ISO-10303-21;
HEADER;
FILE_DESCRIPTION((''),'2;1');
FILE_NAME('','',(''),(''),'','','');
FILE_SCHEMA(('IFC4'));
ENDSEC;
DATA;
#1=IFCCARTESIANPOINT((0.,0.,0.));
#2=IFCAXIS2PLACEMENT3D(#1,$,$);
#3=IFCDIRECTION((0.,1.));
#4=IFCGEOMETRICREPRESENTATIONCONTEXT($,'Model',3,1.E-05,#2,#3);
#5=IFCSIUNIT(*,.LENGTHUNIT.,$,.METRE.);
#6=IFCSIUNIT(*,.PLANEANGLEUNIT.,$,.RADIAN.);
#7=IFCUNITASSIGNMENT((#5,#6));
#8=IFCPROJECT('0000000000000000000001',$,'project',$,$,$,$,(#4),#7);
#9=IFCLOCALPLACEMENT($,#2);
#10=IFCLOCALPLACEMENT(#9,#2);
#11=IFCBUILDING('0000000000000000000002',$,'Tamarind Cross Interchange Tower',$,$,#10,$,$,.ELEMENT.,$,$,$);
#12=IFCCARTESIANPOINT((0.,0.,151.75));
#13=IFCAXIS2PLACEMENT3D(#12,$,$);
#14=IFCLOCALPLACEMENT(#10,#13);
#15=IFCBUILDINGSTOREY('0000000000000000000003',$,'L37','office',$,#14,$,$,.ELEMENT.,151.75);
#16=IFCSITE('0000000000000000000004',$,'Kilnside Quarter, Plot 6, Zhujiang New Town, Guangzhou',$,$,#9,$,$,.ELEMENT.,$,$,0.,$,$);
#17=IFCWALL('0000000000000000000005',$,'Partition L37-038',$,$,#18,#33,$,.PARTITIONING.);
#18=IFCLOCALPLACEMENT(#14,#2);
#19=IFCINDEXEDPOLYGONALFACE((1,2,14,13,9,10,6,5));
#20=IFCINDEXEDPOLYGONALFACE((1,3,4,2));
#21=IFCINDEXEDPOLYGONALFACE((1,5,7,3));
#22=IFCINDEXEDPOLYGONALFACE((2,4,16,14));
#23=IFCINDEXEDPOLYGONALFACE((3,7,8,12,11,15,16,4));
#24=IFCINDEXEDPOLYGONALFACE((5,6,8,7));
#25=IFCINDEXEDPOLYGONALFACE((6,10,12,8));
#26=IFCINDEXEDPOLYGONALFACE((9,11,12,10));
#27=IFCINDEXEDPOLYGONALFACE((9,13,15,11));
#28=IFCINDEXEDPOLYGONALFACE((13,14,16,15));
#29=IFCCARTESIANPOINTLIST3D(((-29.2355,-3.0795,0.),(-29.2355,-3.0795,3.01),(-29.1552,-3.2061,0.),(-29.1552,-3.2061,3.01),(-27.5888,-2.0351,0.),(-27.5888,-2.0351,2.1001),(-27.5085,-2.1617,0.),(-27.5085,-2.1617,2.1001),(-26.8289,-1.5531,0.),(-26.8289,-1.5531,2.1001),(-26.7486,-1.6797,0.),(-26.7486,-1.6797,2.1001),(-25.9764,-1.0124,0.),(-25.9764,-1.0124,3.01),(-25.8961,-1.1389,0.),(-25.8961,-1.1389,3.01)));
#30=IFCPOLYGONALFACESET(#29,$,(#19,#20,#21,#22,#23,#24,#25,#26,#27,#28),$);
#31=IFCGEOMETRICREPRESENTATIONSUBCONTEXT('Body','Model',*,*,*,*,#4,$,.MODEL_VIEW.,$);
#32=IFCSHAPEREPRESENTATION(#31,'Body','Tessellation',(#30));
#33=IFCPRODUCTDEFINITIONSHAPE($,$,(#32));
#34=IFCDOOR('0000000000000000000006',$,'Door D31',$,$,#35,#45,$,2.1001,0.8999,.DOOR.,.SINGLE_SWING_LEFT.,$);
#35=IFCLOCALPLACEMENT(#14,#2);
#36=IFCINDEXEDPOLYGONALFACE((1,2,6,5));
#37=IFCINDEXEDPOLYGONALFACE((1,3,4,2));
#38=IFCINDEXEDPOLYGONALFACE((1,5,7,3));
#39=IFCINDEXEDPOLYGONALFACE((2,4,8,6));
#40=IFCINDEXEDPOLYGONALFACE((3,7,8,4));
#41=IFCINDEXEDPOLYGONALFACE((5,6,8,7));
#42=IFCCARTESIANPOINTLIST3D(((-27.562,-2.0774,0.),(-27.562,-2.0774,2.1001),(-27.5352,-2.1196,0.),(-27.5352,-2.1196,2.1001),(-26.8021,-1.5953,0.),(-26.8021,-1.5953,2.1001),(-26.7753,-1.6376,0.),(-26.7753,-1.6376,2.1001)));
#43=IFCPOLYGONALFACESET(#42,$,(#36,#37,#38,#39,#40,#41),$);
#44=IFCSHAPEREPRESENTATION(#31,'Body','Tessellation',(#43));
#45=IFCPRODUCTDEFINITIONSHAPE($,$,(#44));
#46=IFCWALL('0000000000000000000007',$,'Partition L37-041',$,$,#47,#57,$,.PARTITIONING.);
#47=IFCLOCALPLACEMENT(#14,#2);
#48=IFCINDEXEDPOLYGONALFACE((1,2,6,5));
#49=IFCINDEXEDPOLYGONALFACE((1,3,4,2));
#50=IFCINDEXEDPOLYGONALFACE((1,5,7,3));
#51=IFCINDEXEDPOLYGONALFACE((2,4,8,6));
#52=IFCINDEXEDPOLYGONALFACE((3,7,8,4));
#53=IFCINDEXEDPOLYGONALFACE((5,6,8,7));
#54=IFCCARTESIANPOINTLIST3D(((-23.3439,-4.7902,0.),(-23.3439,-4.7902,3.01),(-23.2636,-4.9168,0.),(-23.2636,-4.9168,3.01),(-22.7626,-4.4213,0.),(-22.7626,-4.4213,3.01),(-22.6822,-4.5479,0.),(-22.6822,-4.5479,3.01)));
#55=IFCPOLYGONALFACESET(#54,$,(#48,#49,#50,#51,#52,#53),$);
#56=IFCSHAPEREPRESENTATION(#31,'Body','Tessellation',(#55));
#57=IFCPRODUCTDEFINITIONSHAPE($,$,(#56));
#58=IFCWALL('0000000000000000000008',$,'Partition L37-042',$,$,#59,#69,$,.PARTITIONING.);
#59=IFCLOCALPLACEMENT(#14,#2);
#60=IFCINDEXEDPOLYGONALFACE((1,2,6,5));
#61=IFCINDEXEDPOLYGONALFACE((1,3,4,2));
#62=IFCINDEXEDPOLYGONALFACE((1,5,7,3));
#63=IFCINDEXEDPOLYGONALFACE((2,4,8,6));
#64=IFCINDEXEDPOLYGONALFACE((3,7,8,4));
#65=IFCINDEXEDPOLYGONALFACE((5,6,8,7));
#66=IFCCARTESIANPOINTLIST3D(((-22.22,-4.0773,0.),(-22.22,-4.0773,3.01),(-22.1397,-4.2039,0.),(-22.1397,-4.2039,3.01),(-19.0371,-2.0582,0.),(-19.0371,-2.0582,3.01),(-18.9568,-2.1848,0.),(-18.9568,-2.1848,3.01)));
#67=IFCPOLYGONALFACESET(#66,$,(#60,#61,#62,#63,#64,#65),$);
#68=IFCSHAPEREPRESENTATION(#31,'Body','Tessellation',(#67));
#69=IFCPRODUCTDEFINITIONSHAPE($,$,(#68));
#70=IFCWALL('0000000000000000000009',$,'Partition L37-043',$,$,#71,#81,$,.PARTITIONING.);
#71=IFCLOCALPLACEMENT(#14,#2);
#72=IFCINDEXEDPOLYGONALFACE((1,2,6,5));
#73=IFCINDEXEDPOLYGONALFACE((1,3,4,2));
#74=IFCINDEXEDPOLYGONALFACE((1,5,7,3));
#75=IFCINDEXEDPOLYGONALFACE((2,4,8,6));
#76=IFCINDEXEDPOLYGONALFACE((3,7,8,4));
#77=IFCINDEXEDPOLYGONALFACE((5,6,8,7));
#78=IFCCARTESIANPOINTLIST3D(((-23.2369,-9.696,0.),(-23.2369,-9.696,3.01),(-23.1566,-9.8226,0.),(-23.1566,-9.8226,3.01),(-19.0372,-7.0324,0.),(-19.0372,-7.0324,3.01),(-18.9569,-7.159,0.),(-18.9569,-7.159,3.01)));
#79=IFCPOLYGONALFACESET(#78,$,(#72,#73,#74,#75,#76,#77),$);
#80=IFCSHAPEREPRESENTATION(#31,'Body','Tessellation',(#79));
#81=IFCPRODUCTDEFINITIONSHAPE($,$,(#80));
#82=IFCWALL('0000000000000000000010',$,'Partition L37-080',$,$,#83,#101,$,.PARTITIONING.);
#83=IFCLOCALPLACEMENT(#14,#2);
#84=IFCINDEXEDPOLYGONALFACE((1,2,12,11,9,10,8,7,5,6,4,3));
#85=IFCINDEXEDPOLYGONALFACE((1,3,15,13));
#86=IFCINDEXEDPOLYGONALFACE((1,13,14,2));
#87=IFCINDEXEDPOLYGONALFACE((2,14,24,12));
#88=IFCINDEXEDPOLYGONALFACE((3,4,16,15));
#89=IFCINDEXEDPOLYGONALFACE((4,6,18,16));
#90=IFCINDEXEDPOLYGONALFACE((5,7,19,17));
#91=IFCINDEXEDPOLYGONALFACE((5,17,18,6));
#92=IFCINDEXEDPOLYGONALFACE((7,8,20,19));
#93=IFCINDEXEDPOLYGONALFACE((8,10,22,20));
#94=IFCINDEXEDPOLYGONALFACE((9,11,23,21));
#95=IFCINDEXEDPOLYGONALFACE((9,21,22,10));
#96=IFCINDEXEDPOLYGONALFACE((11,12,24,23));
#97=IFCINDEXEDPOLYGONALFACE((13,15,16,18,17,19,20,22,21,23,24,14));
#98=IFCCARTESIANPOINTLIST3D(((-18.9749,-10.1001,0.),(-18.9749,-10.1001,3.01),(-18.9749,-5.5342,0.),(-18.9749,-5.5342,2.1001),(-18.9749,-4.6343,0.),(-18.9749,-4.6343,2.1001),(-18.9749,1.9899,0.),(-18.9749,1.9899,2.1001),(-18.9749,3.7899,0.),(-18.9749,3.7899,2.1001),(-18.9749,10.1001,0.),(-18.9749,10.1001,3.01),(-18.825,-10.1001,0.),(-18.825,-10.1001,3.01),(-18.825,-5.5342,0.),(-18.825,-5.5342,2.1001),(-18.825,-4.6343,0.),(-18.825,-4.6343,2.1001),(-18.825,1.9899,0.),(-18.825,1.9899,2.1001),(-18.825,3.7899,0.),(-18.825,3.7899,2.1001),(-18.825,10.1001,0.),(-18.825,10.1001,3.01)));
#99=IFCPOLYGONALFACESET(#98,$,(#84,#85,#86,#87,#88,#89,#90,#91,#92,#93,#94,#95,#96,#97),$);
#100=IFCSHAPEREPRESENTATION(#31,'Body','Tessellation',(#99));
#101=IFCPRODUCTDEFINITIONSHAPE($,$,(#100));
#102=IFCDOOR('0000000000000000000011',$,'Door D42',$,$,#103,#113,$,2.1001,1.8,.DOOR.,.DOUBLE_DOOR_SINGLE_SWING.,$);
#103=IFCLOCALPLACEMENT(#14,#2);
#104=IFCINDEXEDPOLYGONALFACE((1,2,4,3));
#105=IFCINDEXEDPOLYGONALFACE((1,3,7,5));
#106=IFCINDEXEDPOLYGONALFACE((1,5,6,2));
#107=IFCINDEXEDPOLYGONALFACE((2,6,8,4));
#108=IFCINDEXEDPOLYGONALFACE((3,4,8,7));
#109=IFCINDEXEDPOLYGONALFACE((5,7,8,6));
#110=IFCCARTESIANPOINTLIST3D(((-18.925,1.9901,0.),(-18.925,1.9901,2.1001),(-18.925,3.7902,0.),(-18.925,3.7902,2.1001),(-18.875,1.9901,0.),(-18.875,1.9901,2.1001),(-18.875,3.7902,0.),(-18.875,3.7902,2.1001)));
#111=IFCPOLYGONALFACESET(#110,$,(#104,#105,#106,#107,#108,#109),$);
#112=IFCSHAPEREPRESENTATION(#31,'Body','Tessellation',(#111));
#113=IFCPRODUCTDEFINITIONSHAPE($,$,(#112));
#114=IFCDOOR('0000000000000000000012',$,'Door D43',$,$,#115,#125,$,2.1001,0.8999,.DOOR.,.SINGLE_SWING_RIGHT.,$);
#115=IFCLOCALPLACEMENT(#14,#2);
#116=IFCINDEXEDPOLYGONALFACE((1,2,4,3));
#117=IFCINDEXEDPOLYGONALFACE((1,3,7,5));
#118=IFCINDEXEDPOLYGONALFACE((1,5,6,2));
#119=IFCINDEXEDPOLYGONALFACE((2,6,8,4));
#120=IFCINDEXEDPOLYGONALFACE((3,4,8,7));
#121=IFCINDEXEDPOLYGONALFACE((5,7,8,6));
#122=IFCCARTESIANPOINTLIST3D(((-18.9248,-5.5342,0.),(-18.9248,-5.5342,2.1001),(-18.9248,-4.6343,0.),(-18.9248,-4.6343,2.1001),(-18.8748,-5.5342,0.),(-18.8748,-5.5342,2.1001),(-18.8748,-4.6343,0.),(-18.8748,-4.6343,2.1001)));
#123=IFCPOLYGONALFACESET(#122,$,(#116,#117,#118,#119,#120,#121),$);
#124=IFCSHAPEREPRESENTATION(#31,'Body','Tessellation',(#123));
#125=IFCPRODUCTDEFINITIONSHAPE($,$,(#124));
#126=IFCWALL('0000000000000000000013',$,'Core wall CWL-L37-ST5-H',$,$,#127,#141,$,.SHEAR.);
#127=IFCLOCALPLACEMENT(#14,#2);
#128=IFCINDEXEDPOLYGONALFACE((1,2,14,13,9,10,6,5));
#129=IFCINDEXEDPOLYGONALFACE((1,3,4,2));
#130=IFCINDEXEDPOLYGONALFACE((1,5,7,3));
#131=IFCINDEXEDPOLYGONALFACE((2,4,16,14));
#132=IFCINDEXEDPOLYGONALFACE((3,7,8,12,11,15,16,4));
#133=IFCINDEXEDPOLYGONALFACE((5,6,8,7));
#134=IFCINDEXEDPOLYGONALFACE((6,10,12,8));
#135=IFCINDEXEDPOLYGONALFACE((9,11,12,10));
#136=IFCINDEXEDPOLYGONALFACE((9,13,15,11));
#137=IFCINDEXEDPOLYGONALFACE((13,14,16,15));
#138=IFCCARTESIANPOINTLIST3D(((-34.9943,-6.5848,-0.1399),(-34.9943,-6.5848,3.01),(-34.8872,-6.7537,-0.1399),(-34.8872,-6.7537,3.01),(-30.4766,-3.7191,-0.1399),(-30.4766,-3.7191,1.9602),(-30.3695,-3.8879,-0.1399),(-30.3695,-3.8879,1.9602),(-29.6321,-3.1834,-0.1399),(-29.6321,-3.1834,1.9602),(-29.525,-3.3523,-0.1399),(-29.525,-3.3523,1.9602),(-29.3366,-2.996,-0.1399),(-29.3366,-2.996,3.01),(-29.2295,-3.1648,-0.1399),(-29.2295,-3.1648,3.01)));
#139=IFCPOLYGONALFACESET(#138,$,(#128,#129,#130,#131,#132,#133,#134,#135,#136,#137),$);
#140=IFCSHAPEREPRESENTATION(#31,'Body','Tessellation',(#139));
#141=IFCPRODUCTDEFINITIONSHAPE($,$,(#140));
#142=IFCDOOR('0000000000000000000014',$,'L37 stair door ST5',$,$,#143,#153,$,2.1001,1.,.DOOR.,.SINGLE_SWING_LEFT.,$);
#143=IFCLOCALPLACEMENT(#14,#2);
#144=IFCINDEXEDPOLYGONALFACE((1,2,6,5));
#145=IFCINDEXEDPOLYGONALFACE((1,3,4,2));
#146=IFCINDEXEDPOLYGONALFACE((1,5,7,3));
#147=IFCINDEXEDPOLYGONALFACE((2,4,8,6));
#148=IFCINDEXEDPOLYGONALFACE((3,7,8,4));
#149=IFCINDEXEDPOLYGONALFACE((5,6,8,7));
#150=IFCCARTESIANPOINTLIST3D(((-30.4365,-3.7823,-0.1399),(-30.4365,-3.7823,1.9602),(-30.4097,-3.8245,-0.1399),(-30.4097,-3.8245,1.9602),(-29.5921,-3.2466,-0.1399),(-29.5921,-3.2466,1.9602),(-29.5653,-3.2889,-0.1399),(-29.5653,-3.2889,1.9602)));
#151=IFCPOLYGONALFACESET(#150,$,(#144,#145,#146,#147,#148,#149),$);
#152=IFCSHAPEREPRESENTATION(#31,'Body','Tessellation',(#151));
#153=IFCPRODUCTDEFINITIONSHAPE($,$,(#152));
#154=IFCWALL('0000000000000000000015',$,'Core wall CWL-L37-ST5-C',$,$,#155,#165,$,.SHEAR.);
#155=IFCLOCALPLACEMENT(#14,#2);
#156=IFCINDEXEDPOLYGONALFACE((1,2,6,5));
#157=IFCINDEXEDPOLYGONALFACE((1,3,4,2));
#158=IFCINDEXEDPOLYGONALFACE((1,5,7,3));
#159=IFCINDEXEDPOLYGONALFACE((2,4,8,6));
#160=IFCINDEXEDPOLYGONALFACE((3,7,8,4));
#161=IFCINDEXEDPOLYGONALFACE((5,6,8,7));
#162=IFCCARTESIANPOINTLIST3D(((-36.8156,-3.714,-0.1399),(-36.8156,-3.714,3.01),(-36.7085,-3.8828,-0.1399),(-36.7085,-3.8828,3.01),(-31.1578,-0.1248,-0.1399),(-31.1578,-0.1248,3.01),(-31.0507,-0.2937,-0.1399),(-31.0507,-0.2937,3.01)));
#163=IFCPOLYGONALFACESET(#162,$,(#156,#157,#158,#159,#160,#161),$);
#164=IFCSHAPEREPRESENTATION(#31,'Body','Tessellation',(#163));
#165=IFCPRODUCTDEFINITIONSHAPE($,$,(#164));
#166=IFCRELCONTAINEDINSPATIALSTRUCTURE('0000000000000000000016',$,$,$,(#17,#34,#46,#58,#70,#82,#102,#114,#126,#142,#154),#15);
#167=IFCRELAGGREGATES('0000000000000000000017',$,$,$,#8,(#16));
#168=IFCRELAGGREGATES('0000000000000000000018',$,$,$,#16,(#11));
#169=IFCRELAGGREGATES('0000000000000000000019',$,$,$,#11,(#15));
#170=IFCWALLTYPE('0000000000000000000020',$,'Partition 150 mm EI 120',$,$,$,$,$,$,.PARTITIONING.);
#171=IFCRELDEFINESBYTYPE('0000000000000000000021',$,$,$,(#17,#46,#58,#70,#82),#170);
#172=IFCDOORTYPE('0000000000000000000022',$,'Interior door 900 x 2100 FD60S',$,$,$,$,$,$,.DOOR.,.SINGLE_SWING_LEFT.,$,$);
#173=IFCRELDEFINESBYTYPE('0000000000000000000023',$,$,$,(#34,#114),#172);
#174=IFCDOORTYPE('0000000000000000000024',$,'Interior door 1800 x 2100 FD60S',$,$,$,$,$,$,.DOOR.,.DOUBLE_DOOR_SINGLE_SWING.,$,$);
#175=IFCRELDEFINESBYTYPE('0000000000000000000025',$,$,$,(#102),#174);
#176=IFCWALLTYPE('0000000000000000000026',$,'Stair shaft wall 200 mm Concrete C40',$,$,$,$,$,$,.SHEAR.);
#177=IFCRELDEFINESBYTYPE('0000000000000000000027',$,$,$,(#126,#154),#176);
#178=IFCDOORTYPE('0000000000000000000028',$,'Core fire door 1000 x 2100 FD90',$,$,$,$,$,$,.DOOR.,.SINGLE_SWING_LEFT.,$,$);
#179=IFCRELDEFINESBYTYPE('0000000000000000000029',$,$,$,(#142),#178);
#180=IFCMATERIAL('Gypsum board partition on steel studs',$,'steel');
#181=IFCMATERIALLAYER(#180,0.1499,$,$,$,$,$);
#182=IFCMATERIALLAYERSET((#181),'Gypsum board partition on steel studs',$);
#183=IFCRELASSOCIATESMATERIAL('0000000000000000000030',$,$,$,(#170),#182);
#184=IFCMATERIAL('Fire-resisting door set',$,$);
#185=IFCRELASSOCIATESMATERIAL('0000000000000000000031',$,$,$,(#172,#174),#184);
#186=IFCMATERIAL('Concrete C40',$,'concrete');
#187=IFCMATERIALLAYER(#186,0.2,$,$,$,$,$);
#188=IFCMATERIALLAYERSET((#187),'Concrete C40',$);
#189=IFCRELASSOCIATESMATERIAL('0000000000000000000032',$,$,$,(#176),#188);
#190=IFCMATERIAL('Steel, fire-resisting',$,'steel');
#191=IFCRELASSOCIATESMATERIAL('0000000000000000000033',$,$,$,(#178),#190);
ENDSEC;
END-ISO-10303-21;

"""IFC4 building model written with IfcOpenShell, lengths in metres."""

from ifc_helpers import new_model, si_unit, direction, frame, frame_2d, origin, place, context, subcontext, project, spatial, rectangle, extrude, material, layer, layer_set, type_object, element, fill, save


model = new_model("IFC4")

# Units and contexts
model_context = context("Model", 3, precision=1e-05, world=origin(), true_north=direction((0.0, 1.0)))
body_context = subcontext(model_context, "Body", "Model", "MODEL_VIEW")
ifc_project = project(units=[si_unit("LENGTHUNIT", "METRE"), si_unit("PLANEANGLEUNIT", "RADIAN")], contexts=[model_context])

# Site, building, storey
site_placement = place(None, origin())
site = spatial("IfcSite", under=ifc_project, at=site_placement, Name="Kilnside Quarter, Plot 6, Zhujiang New Town, Guangzhou", CompositionType="ELEMENT", RefElevation=0.0)
building_placement = place(site_placement, origin())
building = spatial("IfcBuilding", under=site, at=building_placement, Name="Tamarind Cross Interchange Tower", CompositionType="ELEMENT")
storey_placement = place(building_placement, frame((0.0, 0.0, 151.75)))
storey = spatial("IfcBuildingStorey", under=building, at=storey_placement, Name="L37", Description="office", CompositionType="ELEMENT", Elevation=151.75)

# Shared definitions
ifc_material_1 = material(Name="Gypsum board partition on steel studs", Category="steel")
ifc_layer_1 = layer(ifc_material_1, 0.1499)
ifc_layer_set_1 = layer_set([ifc_layer_1], Name="Gypsum board partition on steel studs")
wall_type_1 = type_object("IfcWallType", Name="Partition 150 mm EI 120", PredefinedType="PARTITIONING", material=ifc_layer_set_1)

# Wall, opening, door
wall_1_placement = place(storey_placement, frame((-29.1953, -3.1428, 0.0), z_axis=(0.0, 0.0, 1.0), x_axis=(0.844458, 0.535622, 0.0)))
wall_1 = element("IfcWall", 1, at=wall_1_placement, inside=storey, type_object=wall_type_1, Name="Partition L37-038", PredefinedType="PARTITIONING", context=body_context, shape_type="SweptSolid", body=[
    extrude(rectangle(XDim=3.8594, YDim=0.1499, at=frame_2d((1.9297, 0.0))), origin(), (0.0, 0.0, 1.0), 3.01),
])
opening_1_placement = place(wall_1_placement, frame((1.95, 0.0, 0.0)))
opening_1 = element("IfcOpeningElement", 2, at=opening_1_placement, cuts=wall_1, PredefinedType="OPENING", context=body_context, shape_type="SweptSolid", body=[
    extrude(rectangle(XDim=0.8999, YDim=2.1001, at=frame_2d((0.45, 1.05))), frame((0.0, 0.085, 0.0), z_axis=(0.0, -1.0, 0.0), x_axis=(1.0, 0.0, 0.0)), (0.0, 0.0, 1.0), 0.1699),
])
ifc_material_2 = material(Name="Fire-resisting door set")
door_type_1 = type_object("IfcDoorType", Name="Interior door 900 x 2100 FD60S", OperationType="SINGLE_SWING_LEFT", PredefinedType="DOOR", material=ifc_material_2)
door_1_placement = place(opening_1_placement, origin())
door_1 = element("IfcDoor", 3, at=door_1_placement, inside=storey, type_object=door_type_1, Name="Door D31", OperationType="SINGLE_SWING_LEFT", OverallHeight=2.1001, OverallWidth=0.8999, PredefinedType="DOOR", context=body_context, shape_type="SweptSolid", body=[
    extrude(rectangle(XDim=0.8999, YDim=2.1001, at=frame_2d((0.45, 1.05))), frame((0.0, 0.0249, 0.0), z_axis=(0.0, -1.0, 0.0), x_axis=(1.0, 0.0, 0.0)), (0.0, 0.0, 1.0), 0.05),
])
fill(opening_1, door_1)

# Walls
wall_2_placement = place(storey_placement, frame((-23.3037, -4.8535, 0.0), z_axis=(0.0, 0.0, 1.0), x_axis=(0.844333, 0.53582, 0.0)))
element("IfcWall", 4, at=wall_2_placement, inside=storey, type_object=wall_type_1, Name="Partition L37-041", PredefinedType="PARTITIONING", context=body_context, shape_type="SweptSolid", body=[
    extrude(rectangle(XDim=0.6885, YDim=0.1499, at=frame_2d((0.3442, 0.0))), origin(), (0.0, 0.0, 1.0), 3.01),
])
wall_3_placement = place(storey_placement, frame((-22.1799, -4.1406, 0.0), z_axis=(0.0, 0.0, 1.0), x_axis=(0.844431, 0.535664, 0.0)))
element("IfcWall", 5, at=wall_3_placement, inside=storey, type_object=wall_type_1, Name="Partition L37-042", PredefinedType="PARTITIONING", context=body_context, shape_type="SweptSolid", body=[
    extrude(rectangle(XDim=3.7693, YDim=0.1499, at=frame_2d((1.8848, 0.0))), origin(), (0.0, 0.0, 1.0), 3.01),
])
wall_4_placement = place(storey_placement, frame((-23.1968, -9.7593, 0.0), z_axis=(0.0, 0.0, 1.0), x_axis=(0.844477, 0.535592, 0.0)))
element("IfcWall", 6, at=wall_4_placement, inside=storey, type_object=wall_type_1, Name="Partition L37-043", PredefinedType="PARTITIONING", context=body_context, shape_type="SweptSolid", body=[
    extrude(rectangle(XDim=4.9731, YDim=0.1499, at=frame_2d((2.4866, 0.0))), origin(), (0.0, 0.0, 1.0), 3.01),
])

# Wall, openings, doors
wall_5_placement = place(storey_placement, frame((-18.8999, -10.1001, 0.0), z_axis=(0.0, 0.0, 1.0), x_axis=(0.0, 1.0, 0.0)))
wall_5 = element("IfcWall", 7, at=wall_5_placement, inside=storey, type_object=wall_type_1, Name="Partition L37-080", PredefinedType="PARTITIONING", context=body_context, shape_type="SweptSolid", body=[
    extrude(rectangle(XDim=20.2002, YDim=0.1499, at=frame_2d((10.1001, 0.0))), origin(), (0.0, 0.0, 1.0), 3.01),
])
opening_2_placement = place(wall_5_placement, frame((12.0901, 0.0, 0.0)))
opening_2 = element("IfcOpeningElement", 8, at=opening_2_placement, cuts=wall_5, PredefinedType="OPENING", context=body_context, shape_type="SweptSolid", body=[
    extrude(rectangle(XDim=1.8, YDim=2.1001, at=frame_2d((0.8999, 1.05))), frame((0.0, 0.085, 0.0), z_axis=(0.0, -1.0, 0.0), x_axis=(1.0, 0.0, 0.0)), (0.0, 0.0, 1.0), 0.1699),
])
opening_3_placement = place(wall_5_placement, frame((4.5659, 0.0, 0.0)))
opening_3 = element("IfcOpeningElement", 9, at=opening_3_placement, cuts=wall_5, PredefinedType="OPENING", context=body_context, shape_type="SweptSolid", body=[
    extrude(rectangle(XDim=0.8999, YDim=2.1001, at=frame_2d((0.45, 1.05))), frame((0.0, 0.085, 0.0), z_axis=(0.0, -1.0, 0.0), x_axis=(1.0, 0.0, 0.0)), (0.0, 0.0, 1.0), 0.1699),
])
door_type_2 = type_object("IfcDoorType", Name="Interior door 1800 x 2100 FD60S", OperationType="DOUBLE_DOOR_SINGLE_SWING", PredefinedType="DOOR", material=ifc_material_2)
door_2_placement = place(opening_2_placement, frame((1.8, 0.0, 0.0), z_axis=(0.0, 0.0, 1.0), x_axis=(-1.0, 0.0, 0.0)))
door_2 = element("IfcDoor", 10, at=door_2_placement, inside=storey, type_object=door_type_2, Name="Door D42", OperationType="DOUBLE_DOOR_SINGLE_SWING", OverallHeight=2.1001, OverallWidth=1.8, PredefinedType="DOOR", context=body_context, shape_type="SweptSolid", body=[
    extrude(rectangle(XDim=1.8, YDim=2.1001, at=frame_2d((0.8999, 1.05))), frame((0.0, 0.0249, 0.0), z_axis=(0.0, -1.0, 0.0), x_axis=(1.0, 0.0, 0.0)), (0.0, 0.0, 1.0), 0.05),
])
fill(opening_2, door_2)
door_3_placement = place(opening_3_placement, origin())
door_3 = element("IfcDoor", 11, at=door_3_placement, inside=storey, type_object=door_type_1, Name="Door D43", OperationType="SINGLE_SWING_RIGHT", OverallHeight=2.1001, OverallWidth=0.8999, PredefinedType="DOOR", context=body_context, shape_type="SweptSolid", body=[
    extrude(rectangle(XDim=0.8999, YDim=2.1001, at=frame_2d((0.45, 1.05))), frame((0.0, 0.0249, 0.0), z_axis=(0.0, -1.0, 0.0), x_axis=(1.0, 0.0, 0.0)), (0.0, 0.0, 1.0), 0.05),
])
fill(opening_3, door_3)

# Wall, opening, door
ifc_material_3 = material(Name="Concrete C40", Category="concrete")
ifc_layer_2 = layer(ifc_material_3, 0.2)
ifc_layer_set_2 = layer_set([ifc_layer_2], Name="Concrete C40")
wall_type_2 = type_object("IfcWallType", Name="Stair shaft wall 200 mm Concrete C40", PredefinedType="SHEAR", material=ifc_layer_set_2)
wall_6_placement = place(storey_placement, frame((-29.283, -3.0803, -0.1399), z_axis=(0.0, 0.0, 1.0), x_axis=(-0.844438, -0.535654, 0.0)))
wall_6 = element("IfcWall", 12, at=wall_6_placement, inside=storey, type_object=wall_type_2, Name="Core wall CWL-L37-ST5-H", PredefinedType="SHEAR", context=body_context, shape_type="SweptSolid", body=[
    extrude(rectangle(XDim=6.7, YDim=0.2, at=frame_2d((3.3501, 0.0))), origin(), (0.0, 0.0, 1.0), 3.1499),
])
opening_4_placement = place(wall_6_placement, frame((0.3501, 0.0, 0.0)))
opening_4 = element("IfcOpeningElement", 13, at=opening_4_placement, cuts=wall_6, PredefinedType="OPENING", context=body_context, shape_type="SweptSolid", body=[
    extrude(rectangle(XDim=1.0, YDim=2.1001, at=frame_2d((0.5, 1.05))), frame((0.0, 0.1099, 0.0), z_axis=(0.0, -1.0, 0.0), x_axis=(1.0, 0.0, 0.0)), (0.0, 0.0, 1.0), 0.22),
])
ifc_material_4 = material(Name="Steel, fire-resisting", Category="steel")
door_type_3 = type_object("IfcDoorType", Name="Core fire door 1000 x 2100 FD90", OperationType="SINGLE_SWING_LEFT", PredefinedType="DOOR", material=ifc_material_4)
door_4_placement = place(opening_4_placement, origin())
door_4 = element("IfcDoor", 14, at=door_4_placement, inside=storey, type_object=door_type_3, Name="L37 stair door ST5", OperationType="SINGLE_SWING_LEFT", OverallHeight=2.1001, OverallWidth=1.0, PredefinedType="DOOR", context=body_context, shape_type="SweptSolid", body=[
    extrude(rectangle(XDim=1.0, YDim=2.1001, at=frame_2d((0.5, 1.05))), frame((0.0, 0.0249, 0.0), z_axis=(0.0, -1.0, 0.0), x_axis=(1.0, 0.0, 0.0)), (0.0, 0.0, 1.0), 0.05),
])
fill(opening_4, door_4)

# Wall
wall_7_placement = place(storey_placement, frame((-31.1042, -0.2092, -0.1399), z_axis=(0.0, 0.0, 1.0), x_axis=(-0.844421, -0.53568, 0.0)))
element("IfcWall", 15, at=wall_7_placement, inside=storey, type_object=wall_type_2, Name="Core wall CWL-L37-ST5-C", PredefinedType="SHEAR", context=body_context, shape_type="SweptSolid", body=[
    extrude(rectangle(XDim=6.7002, YDim=0.2, at=frame_2d((3.3501, 0.0))), origin(), (0.0, 0.0, 1.0), 3.1499),
])

save(model, "model.ifc")
